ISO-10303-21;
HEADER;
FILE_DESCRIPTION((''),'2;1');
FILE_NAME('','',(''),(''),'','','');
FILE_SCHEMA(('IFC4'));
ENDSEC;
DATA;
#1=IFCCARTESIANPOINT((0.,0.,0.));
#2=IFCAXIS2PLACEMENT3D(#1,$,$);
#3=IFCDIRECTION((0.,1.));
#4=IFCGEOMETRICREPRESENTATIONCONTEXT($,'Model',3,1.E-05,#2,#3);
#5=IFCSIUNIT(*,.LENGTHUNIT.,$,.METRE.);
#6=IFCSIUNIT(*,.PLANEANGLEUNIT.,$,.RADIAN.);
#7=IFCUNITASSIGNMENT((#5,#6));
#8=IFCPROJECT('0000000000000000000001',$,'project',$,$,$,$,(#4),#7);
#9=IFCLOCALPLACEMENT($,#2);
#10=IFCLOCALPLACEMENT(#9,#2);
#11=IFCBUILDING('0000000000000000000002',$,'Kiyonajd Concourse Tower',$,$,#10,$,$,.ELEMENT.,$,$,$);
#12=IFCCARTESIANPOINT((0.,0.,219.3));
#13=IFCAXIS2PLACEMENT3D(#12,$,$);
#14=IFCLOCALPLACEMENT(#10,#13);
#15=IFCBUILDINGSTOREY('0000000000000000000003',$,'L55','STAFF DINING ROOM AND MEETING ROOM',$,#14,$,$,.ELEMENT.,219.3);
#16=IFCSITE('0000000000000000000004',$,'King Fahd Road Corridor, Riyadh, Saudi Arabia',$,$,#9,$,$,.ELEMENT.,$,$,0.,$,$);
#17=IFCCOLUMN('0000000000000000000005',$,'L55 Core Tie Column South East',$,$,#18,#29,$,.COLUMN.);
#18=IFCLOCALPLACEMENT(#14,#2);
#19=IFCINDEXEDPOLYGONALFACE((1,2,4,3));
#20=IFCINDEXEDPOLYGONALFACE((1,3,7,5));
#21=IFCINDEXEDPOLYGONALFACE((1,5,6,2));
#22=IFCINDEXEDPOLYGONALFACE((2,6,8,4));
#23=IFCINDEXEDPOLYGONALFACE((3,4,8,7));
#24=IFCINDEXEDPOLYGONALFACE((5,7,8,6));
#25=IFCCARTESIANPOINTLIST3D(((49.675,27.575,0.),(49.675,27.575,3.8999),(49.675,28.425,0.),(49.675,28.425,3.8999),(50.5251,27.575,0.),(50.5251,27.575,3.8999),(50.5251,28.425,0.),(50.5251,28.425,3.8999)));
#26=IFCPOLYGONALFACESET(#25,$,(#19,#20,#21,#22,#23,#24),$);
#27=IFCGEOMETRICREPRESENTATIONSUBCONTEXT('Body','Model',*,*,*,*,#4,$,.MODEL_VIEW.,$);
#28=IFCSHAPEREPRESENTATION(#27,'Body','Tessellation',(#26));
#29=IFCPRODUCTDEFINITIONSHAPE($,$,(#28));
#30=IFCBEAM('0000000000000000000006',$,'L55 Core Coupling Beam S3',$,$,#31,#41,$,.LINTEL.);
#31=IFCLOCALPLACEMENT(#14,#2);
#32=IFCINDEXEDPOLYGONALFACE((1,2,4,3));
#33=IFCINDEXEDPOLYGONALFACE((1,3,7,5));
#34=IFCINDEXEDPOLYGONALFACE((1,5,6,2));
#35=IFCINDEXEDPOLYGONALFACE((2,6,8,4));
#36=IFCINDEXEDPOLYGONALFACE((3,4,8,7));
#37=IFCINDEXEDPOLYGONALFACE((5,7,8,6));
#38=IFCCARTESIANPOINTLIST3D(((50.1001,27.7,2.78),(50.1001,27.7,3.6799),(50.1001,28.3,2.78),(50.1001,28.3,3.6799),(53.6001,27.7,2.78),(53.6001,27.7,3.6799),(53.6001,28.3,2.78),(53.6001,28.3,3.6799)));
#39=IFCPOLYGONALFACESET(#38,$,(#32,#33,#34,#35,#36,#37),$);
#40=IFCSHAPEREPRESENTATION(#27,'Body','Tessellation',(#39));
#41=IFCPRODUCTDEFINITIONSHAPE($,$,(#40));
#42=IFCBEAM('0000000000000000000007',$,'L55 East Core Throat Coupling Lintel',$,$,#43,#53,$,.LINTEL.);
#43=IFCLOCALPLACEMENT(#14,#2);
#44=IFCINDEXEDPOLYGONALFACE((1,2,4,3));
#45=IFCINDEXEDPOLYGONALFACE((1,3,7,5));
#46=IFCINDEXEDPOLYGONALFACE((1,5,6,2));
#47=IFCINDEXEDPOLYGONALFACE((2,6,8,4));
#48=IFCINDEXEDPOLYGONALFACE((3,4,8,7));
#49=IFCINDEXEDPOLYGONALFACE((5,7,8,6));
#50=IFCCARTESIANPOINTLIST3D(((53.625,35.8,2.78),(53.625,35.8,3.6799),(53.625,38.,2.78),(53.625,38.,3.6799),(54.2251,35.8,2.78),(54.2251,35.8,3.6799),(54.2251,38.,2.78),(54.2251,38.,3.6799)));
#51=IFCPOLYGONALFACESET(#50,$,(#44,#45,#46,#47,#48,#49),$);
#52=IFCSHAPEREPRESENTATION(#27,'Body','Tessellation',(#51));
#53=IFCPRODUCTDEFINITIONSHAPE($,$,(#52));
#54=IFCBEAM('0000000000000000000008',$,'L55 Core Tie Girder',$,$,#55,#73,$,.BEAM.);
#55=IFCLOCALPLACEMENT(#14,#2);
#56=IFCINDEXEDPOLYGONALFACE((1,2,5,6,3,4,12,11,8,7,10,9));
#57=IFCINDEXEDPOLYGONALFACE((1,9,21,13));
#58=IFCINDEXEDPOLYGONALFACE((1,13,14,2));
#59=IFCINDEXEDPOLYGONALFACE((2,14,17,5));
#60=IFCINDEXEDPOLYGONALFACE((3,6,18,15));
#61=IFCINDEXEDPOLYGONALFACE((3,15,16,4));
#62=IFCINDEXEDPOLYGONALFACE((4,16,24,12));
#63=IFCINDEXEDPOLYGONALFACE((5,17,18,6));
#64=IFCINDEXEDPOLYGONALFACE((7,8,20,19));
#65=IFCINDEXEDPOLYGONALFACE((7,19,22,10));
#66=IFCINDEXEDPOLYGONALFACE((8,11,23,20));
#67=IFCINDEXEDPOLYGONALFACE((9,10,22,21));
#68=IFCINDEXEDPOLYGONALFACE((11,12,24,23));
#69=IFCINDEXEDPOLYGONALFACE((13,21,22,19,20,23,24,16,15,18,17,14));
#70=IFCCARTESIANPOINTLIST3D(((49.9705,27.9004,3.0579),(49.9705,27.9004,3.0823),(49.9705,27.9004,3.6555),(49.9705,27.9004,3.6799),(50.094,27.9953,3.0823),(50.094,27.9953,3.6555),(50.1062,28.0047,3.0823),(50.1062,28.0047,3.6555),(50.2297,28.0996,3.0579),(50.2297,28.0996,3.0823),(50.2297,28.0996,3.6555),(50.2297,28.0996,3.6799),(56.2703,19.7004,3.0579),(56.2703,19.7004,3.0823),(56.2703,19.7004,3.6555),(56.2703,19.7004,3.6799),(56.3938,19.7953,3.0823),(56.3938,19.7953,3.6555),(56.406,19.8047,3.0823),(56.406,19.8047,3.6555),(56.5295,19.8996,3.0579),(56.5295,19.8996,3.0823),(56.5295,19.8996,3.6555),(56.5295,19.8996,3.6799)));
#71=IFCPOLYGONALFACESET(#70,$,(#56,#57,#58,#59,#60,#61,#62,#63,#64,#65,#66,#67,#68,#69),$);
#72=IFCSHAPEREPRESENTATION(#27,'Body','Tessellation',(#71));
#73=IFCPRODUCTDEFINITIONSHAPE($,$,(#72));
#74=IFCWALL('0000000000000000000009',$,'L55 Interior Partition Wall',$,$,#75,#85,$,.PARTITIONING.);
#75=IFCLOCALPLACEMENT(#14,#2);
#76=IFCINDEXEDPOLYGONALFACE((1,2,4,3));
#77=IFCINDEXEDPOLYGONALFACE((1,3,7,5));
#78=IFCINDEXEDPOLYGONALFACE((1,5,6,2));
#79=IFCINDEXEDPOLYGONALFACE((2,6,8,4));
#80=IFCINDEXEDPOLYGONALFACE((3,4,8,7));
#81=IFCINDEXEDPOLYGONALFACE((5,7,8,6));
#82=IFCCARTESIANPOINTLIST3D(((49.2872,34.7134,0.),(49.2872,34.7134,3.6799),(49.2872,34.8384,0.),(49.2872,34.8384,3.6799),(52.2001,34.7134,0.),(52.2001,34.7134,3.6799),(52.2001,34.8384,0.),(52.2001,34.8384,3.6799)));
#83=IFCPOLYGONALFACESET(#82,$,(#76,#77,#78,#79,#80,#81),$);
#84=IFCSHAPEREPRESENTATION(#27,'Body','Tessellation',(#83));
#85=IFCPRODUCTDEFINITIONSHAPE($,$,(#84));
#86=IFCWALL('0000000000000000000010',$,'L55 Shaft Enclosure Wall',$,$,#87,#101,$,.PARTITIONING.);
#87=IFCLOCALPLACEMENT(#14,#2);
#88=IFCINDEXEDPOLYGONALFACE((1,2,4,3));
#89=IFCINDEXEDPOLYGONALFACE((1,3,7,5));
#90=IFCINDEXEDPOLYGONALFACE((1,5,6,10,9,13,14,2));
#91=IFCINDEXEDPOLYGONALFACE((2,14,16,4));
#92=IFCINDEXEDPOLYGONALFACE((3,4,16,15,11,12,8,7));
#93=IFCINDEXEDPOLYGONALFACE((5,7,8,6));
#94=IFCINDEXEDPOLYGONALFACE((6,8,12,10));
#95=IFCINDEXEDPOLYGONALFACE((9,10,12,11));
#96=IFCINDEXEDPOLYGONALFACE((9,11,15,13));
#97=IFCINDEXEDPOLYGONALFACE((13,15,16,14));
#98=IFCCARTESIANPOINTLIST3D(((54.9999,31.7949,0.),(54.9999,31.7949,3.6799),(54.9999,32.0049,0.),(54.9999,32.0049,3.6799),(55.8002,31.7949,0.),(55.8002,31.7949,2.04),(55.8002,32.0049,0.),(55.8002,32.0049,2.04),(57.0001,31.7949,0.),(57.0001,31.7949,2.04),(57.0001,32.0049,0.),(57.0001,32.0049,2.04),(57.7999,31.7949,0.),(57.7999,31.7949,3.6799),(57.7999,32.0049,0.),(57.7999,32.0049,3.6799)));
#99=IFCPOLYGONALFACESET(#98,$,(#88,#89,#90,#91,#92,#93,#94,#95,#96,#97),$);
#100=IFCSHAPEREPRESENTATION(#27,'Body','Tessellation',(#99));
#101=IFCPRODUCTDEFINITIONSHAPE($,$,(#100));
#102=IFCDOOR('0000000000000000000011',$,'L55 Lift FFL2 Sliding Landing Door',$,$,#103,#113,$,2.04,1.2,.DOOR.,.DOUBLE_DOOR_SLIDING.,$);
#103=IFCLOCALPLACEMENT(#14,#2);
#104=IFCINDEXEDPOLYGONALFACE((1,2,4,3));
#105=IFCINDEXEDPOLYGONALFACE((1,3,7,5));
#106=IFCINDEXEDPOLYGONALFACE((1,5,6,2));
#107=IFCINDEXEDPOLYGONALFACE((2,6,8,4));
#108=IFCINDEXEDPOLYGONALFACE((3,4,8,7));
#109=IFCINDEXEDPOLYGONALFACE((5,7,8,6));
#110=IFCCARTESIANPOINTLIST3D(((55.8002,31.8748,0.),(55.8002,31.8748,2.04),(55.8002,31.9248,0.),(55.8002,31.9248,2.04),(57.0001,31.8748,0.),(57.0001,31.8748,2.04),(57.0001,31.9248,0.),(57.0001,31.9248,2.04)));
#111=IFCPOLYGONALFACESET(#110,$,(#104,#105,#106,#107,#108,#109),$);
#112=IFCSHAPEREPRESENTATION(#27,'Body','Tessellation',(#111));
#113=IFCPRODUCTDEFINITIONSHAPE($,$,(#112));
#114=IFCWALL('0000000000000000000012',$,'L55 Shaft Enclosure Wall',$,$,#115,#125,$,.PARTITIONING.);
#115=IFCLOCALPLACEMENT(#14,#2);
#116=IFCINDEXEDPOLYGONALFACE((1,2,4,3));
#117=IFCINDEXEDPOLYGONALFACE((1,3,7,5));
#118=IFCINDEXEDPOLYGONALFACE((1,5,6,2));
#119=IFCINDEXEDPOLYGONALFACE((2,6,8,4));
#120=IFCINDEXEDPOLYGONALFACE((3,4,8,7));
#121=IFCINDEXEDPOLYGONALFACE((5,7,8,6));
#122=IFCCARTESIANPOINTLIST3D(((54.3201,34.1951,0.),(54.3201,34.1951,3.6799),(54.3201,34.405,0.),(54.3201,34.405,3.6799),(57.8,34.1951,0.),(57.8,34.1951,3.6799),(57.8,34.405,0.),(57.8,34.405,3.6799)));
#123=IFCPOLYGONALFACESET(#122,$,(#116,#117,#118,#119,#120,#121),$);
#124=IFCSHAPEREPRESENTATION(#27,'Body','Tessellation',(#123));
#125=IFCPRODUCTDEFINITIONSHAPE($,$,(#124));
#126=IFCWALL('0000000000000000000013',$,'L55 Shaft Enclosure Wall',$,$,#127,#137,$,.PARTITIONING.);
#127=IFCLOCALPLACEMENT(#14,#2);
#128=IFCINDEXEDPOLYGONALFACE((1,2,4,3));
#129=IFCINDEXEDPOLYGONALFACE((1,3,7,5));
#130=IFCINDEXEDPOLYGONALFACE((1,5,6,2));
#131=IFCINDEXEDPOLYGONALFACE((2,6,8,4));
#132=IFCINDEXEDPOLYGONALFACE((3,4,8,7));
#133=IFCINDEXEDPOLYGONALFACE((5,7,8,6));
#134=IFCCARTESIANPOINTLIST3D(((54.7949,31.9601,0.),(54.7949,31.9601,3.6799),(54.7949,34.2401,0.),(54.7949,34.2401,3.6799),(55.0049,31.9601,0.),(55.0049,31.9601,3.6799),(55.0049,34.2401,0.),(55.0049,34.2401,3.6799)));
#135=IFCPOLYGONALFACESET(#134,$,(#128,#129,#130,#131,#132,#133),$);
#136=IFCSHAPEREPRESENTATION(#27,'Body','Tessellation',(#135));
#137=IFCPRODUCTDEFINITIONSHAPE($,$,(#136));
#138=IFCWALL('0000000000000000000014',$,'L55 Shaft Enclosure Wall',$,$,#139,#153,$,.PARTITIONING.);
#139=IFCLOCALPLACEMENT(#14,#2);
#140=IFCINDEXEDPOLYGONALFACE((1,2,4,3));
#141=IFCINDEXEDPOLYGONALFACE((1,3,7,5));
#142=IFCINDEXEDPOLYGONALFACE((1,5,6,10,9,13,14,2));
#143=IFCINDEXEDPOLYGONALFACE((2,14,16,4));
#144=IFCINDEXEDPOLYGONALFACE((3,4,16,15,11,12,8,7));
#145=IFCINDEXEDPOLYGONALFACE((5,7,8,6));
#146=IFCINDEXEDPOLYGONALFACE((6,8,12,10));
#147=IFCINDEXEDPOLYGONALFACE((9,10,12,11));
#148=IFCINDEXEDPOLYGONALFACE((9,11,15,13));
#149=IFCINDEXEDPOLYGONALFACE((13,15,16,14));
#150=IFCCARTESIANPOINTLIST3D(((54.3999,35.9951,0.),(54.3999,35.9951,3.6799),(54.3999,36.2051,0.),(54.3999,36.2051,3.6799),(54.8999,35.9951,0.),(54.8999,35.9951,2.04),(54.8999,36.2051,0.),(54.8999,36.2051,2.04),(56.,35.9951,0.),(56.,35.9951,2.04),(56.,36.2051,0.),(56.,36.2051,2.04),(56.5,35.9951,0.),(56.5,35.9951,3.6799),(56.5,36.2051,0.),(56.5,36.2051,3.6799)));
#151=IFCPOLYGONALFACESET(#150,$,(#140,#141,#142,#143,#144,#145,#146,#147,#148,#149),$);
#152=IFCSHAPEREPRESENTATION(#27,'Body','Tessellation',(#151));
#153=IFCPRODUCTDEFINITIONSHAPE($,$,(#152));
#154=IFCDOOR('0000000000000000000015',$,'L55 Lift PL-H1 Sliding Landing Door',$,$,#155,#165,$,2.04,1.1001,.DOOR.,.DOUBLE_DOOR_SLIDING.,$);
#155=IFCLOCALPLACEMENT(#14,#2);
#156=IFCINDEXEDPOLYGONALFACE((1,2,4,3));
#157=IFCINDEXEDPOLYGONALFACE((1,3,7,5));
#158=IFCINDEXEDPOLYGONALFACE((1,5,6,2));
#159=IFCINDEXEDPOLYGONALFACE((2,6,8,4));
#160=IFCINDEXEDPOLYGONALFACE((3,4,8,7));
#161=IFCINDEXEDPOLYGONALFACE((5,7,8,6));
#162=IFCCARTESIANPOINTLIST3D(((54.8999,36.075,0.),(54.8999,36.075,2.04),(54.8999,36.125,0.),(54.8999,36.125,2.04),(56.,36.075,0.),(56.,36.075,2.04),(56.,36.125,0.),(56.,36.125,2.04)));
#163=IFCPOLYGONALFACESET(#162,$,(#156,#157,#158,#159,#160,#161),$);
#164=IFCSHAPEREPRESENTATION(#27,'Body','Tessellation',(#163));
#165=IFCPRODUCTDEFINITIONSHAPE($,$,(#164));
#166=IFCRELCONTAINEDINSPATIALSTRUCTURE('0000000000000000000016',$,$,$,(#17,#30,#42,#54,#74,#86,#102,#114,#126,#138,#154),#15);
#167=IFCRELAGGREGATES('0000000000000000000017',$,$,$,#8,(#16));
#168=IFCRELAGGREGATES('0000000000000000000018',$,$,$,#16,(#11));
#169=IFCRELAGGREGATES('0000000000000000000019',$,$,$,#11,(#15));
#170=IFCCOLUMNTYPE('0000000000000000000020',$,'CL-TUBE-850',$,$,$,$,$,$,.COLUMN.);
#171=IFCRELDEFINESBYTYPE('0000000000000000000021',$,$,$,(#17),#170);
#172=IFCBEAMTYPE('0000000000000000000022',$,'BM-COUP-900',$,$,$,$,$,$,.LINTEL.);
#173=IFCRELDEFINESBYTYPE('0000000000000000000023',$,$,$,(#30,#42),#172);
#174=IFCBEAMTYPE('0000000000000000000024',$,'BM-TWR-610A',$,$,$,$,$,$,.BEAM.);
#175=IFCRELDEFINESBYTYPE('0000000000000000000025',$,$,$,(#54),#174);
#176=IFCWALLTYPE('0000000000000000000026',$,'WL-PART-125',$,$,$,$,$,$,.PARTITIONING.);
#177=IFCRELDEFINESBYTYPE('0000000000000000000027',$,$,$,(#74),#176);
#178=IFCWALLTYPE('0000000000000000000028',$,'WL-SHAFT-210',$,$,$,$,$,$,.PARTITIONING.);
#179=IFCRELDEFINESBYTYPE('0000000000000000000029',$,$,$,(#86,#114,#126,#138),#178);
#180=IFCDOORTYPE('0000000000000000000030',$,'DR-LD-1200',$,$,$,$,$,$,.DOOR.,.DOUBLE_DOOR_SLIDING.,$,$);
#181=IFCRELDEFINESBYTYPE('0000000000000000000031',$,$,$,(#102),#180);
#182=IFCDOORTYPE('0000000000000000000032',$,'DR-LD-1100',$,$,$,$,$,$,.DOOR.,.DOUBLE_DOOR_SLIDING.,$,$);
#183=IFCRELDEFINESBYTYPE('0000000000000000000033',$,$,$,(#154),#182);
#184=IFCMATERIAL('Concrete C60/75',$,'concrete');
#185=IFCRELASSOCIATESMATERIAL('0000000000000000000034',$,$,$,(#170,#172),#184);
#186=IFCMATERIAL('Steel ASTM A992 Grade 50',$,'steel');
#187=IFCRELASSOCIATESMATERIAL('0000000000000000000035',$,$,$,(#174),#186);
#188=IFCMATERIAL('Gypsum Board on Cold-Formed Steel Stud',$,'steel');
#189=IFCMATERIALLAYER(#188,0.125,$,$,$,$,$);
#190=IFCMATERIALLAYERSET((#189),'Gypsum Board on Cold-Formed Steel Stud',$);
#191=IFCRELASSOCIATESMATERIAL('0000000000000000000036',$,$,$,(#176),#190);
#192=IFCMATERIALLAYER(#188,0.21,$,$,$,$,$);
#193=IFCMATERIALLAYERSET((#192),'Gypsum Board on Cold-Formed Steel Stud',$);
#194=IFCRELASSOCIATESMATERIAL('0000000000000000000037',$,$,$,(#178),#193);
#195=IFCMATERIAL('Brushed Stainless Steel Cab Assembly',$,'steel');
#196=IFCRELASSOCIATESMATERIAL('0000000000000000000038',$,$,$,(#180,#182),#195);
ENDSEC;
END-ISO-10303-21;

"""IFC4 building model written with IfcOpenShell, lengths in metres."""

from ifc_helpers import new_model, si_unit, direction, frame, frame_2d, origin, origin_2d, place, context, subcontext, project, spatial, rectangle, i_section, extrude, material, layer, layer_set, material_profile, profile_set, type_object, element, fill, save


model = new_model("IFC4")

# Units and contexts
model_context = context("Model", 3, precision=1e-05, world=origin(), true_north=direction((0.0, 1.0)))
body_context = subcontext(model_context, "Body", "Model", "MODEL_VIEW")
ifc_project = project(units=[si_unit("LENGTHUNIT", "METRE"), si_unit("PLANEANGLEUNIT", "RADIAN")], contexts=[model_context])

# Site, building, storey
site_placement = place(None, origin())
site = spatial("IfcSite", under=ifc_project, at=site_placement, Name="King Fahd Road Corridor, Riyadh, Saudi Arabia", CompositionType="ELEMENT", RefElevation=0.0)
building_placement = place(site_placement, origin())
building = spatial("IfcBuilding", under=site, at=building_placement, Name="Kiyonajd Concourse Tower", CompositionType="ELEMENT")
storey_placement = place(building_placement, frame((0.0, 0.0, 219.3)))
storey = spatial("IfcBuildingStorey", under=building, at=storey_placement, Name="L55", Description="STAFF DINING ROOM AND MEETING ROOM", CompositionType="ELEMENT", Elevation=219.3)

# Column
ifc_material_1 = material(Name="Concrete C60/75", Category="concrete")
ifc_material_profile_1 = material_profile(ifc_material_1, rectangle(XDim=0.8501, YDim=0.8501, at=origin_2d()), Name="RC-850x850")
ifc_profile_set_1 = profile_set([ifc_material_profile_1], Name="Concrete C60/75")
column_type = type_object("IfcColumnType", Name="CL-TUBE-850", PredefinedType="COLUMN", material=ifc_profile_set_1)
column_placement = place(storey_placement, frame((50.1001, 28.0, 0.0), z_axis=(0.0, 0.0, 1.0), x_axis=(1.0, 0.0, 0.0)))
element("IfcColumn", 1, at=column_placement, inside=storey, type_object=column_type, Name="L55 Core Tie Column South East", PredefinedType="COLUMN", context=body_context, shape_type="SweptSolid", body=[
    extrude(rectangle(XDim=0.8501, YDim=0.8501, at=origin_2d()), origin(), (0.0, 0.0, 1.0), 3.8999),
])

# Beams
ifc_material_profile_2 = material_profile(ifc_material_1, rectangle(XDim=0.6001, YDim=0.8999, at=origin_2d()), Name="RCBM-600x900")
ifc_profile_set_2 = profile_set([ifc_material_profile_2], Name="Concrete C60/75")
beam_type_1 = type_object("IfcBeamType", Name="BM-COUP-900", PredefinedType="LINTEL", material=ifc_profile_set_2)
beam_1_placement = place(storey_placement, frame((50.1001, 28.0, 3.23), z_axis=(1.0, 0.0, 0.0), x_axis=(0.0, 1.0, 0.0)))
element("IfcBeam", 2, at=beam_1_placement, inside=storey, type_object=beam_type_1, Name="L55 Core Coupling Beam S3", PredefinedType="LINTEL", context=body_context, shape_type="SweptSolid", body=[
    extrude(rectangle(XDim=0.6001, YDim=0.8999, at=origin_2d()), origin(), (0.0, 0.0, 1.0), 3.5),
])
beam_2_placement = place(storey_placement, frame((53.925, 35.8, 3.23), z_axis=(0.0, 1.0, 0.0), x_axis=(-1.0, 0.0, 0.0)))
element("IfcBeam", 3, at=beam_2_placement, inside=storey, type_object=beam_type_1, Name="L55 East Core Throat Coupling Lintel", PredefinedType="LINTEL", context=body_context, shape_type="SweptSolid", body=[
    extrude(rectangle(XDim=0.6001, YDim=0.8999, at=origin_2d()), origin(), (0.0, 0.0, 1.0), 2.2),
])
ifc_material_2 = material(Name="Steel ASTM A992 Grade 50", Category="steel")
ifc_material_profile_3 = material_profile(ifc_material_2, i_section(OverallWidth=0.3269, OverallDepth=0.6221, WebThickness=0.0154, FlangeThickness=0.0244, at=origin_2d()), Name="W610X195")
ifc_profile_set_3 = profile_set([ifc_material_profile_3], Name="Steel ASTM A992 Grade 50")
beam_type_2 = type_object("IfcBeamType", Name="BM-TWR-610A", PredefinedType="BEAM", material=ifc_profile_set_3)
beam_3_placement = place(storey_placement, frame((50.1001, 28.0, 3.3689), z_axis=(0.609234, -0.792991, 0.0), x_axis=(0.792991, 0.609234, 0.0)))
element("IfcBeam", 4, at=beam_3_placement, inside=storey, type_object=beam_type_2, Name="L55 Core Tie Girder", PredefinedType="BEAM", context=body_context, shape_type="SweptSolid", body=[
    extrude(i_section(OverallWidth=0.3269, OverallDepth=0.6221, WebThickness=0.0154, FlangeThickness=0.0244, at=origin_2d()), origin(), (0.0, 0.0, 1.0), 10.3406),
])

# Wall
ifc_material_3 = material(Name="Gypsum Board on Cold-Formed Steel Stud", Category="steel")
ifc_layer_1 = layer(ifc_material_3, 0.125)
ifc_layer_set_1 = layer_set([ifc_layer_1], Name="Gypsum Board on Cold-Formed Steel Stud")
wall_type_1 = type_object("IfcWallType", Name="WL-PART-125", PredefinedType="PARTITIONING", material=ifc_layer_set_1)
wall_1_placement = place(storey_placement, frame((49.2871, 34.7759, 0.0), z_axis=(0.0, 0.0, 1.0), x_axis=(1.0, 0.0, 0.0)))
element("IfcWall", 5, at=wall_1_placement, inside=storey, type_object=wall_type_1, Name="L55 Interior Partition Wall", PredefinedType="PARTITIONING", context=body_context, shape_type="SweptSolid", body=[
    extrude(rectangle(XDim=2.9128, YDim=0.125, at=frame_2d((1.4565, 0.0))), origin(), (0.0, 0.0, 1.0), 3.6799),
])

# Wall, opening, door
ifc_layer_2 = layer(ifc_material_3, 0.21)
ifc_layer_set_2 = layer_set([ifc_layer_2], Name="Gypsum Board on Cold-Formed Steel Stud")
wall_type_2 = type_object("IfcWallType", Name="WL-SHAFT-210", PredefinedType="PARTITIONING", material=ifc_layer_set_2)
wall_2_placement = place(storey_placement, frame((55.0, 31.8999, 0.0), z_axis=(0.0, 0.0, 1.0), x_axis=(1.0, 0.0, 0.0)))
wall_2 = element("IfcWall", 6, at=wall_2_placement, inside=storey, type_object=wall_type_2, Name="L55 Shaft Enclosure Wall", PredefinedType="PARTITIONING", context=body_context, shape_type="SweptSolid", body=[
    extrude(rectangle(XDim=2.8, YDim=0.21, at=frame_2d((1.3999, 0.0))), origin(), (0.0, 0.0, 1.0), 3.6799),
])
opening_1_placement = place(wall_2_placement, frame((0.8, 0.0, 0.0)))
opening_1 = element("IfcOpeningElement", 7, at=opening_1_placement, cuts=wall_2, PredefinedType="OPENING", context=body_context, shape_type="SweptSolid", body=[
    extrude(rectangle(XDim=1.2, YDim=2.04, at=frame_2d((0.6001, 1.02))), frame((0.0, 0.115, 0.0), z_axis=(0.0, -1.0, 0.0), x_axis=(1.0, 0.0, 0.0)), (0.0, 0.0, 1.0), 0.23),
])
ifc_material_4 = material(Name="Brushed Stainless Steel Cab Assembly", Category="steel")
door_type_1 = type_object("IfcDoorType", Name="DR-LD-1200", OperationType="DOUBLE_DOOR_SLIDING", PredefinedType="DOOR", material=ifc_material_4)
door_1_placement = place(opening_1_placement, origin())
door_1 = element("IfcDoor", 8, at=door_1_placement, inside=storey, type_object=door_type_1, Name="L55 Lift FFL2 Sliding Landing Door", OperationType="DOUBLE_DOOR_SLIDING", OverallHeight=2.04, OverallWidth=1.2, PredefinedType="DOOR", context=body_context, shape_type="SweptSolid", body=[
    extrude(rectangle(XDim=1.2, YDim=2.04, at=frame_2d((0.6001, 1.02))), frame((0.0, 0.0249, 0.0), z_axis=(0.0, -1.0, 0.0), x_axis=(1.0, 0.0, 0.0)), (0.0, 0.0, 1.0), 0.05),
])
fill(opening_1, door_1)

# Walls
wall_3_placement = place(storey_placement, frame((54.3201, 34.3, 0.0), z_axis=(0.0, 0.0, 1.0), x_axis=(1.0, 0.0, 0.0)))
element("IfcWall", 9, at=wall_3_placement, inside=storey, type_object=wall_type_2, Name="L55 Shaft Enclosure Wall", PredefinedType="PARTITIONING", context=body_context, shape_type="SweptSolid", body=[
    extrude(rectangle(XDim=3.48, YDim=0.21, at=frame_2d((1.74, 0.0))), origin(), (0.0, 0.0, 1.0), 3.6799),
])
wall_4_placement = place(storey_placement, frame((54.8999, 31.96, 0.0), z_axis=(0.0, 0.0, 1.0), x_axis=(0.0, 1.0, 0.0)))
element("IfcWall", 10, at=wall_4_placement, inside=storey, type_object=wall_type_2, Name="L55 Shaft Enclosure Wall", PredefinedType="PARTITIONING", context=body_context, shape_type="SweptSolid", body=[
    extrude(rectangle(XDim=2.28, YDim=0.21, at=frame_2d((1.1401, 0.0))), origin(), (0.0, 0.0, 1.0), 3.6799),
])

# Wall, opening, door
wall_5_placement = place(storey_placement, frame((54.3999, 36.1001, 0.0), z_axis=(0.0, 0.0, 1.0), x_axis=(1.0, 0.0, 0.0)))
wall_5 = element("IfcWall", 11, at=wall_5_placement, inside=storey, type_object=wall_type_2, Name="L55 Shaft Enclosure Wall", PredefinedType="PARTITIONING", context=body_context, shape_type="SweptSolid", body=[
    extrude(rectangle(XDim=2.1001, YDim=0.21, at=frame_2d((1.05, 0.0))), origin(), (0.0, 0.0, 1.0), 3.6799),
])
opening_2_placement = place(wall_5_placement, frame((0.5, 0.0, 0.0)))
opening_2 = element("IfcOpeningElement", 12, at=opening_2_placement, cuts=wall_5, PredefinedType="OPENING", context=body_context, shape_type="SweptSolid", body=[
    extrude(rectangle(XDim=1.1001, YDim=2.04, at=frame_2d((0.55, 1.02))), frame((0.0, 0.115, 0.0), z_axis=(0.0, -1.0, 0.0), x_axis=(1.0, 0.0, 0.0)), (0.0, 0.0, 1.0), 0.23),
])
door_type_2 = type_object("IfcDoorType", Name="DR-LD-1100", OperationType="DOUBLE_DOOR_SLIDING", PredefinedType="DOOR", material=ifc_material_4)
door_2_placement = place(opening_2_placement, origin())
door_2 = element("IfcDoor", 13, at=door_2_placement, inside=storey, type_object=door_type_2, Name="L55 Lift PL-H1 Sliding Landing Door", OperationType="DOUBLE_DOOR_SLIDING", OverallHeight=2.04, OverallWidth=1.1001, PredefinedType="DOOR", context=body_context, shape_type="SweptSolid", body=[
    extrude(rectangle(XDim=1.1001, YDim=2.04, at=frame_2d((0.55, 1.02))), frame((0.0, 0.0249, 0.0), z_axis=(0.0, -1.0, 0.0), x_axis=(1.0, 0.0, 0.0)), (0.0, 0.0, 1.0), 0.05),
])
fill(opening_2, door_2)

save(model, "model.ifc")
